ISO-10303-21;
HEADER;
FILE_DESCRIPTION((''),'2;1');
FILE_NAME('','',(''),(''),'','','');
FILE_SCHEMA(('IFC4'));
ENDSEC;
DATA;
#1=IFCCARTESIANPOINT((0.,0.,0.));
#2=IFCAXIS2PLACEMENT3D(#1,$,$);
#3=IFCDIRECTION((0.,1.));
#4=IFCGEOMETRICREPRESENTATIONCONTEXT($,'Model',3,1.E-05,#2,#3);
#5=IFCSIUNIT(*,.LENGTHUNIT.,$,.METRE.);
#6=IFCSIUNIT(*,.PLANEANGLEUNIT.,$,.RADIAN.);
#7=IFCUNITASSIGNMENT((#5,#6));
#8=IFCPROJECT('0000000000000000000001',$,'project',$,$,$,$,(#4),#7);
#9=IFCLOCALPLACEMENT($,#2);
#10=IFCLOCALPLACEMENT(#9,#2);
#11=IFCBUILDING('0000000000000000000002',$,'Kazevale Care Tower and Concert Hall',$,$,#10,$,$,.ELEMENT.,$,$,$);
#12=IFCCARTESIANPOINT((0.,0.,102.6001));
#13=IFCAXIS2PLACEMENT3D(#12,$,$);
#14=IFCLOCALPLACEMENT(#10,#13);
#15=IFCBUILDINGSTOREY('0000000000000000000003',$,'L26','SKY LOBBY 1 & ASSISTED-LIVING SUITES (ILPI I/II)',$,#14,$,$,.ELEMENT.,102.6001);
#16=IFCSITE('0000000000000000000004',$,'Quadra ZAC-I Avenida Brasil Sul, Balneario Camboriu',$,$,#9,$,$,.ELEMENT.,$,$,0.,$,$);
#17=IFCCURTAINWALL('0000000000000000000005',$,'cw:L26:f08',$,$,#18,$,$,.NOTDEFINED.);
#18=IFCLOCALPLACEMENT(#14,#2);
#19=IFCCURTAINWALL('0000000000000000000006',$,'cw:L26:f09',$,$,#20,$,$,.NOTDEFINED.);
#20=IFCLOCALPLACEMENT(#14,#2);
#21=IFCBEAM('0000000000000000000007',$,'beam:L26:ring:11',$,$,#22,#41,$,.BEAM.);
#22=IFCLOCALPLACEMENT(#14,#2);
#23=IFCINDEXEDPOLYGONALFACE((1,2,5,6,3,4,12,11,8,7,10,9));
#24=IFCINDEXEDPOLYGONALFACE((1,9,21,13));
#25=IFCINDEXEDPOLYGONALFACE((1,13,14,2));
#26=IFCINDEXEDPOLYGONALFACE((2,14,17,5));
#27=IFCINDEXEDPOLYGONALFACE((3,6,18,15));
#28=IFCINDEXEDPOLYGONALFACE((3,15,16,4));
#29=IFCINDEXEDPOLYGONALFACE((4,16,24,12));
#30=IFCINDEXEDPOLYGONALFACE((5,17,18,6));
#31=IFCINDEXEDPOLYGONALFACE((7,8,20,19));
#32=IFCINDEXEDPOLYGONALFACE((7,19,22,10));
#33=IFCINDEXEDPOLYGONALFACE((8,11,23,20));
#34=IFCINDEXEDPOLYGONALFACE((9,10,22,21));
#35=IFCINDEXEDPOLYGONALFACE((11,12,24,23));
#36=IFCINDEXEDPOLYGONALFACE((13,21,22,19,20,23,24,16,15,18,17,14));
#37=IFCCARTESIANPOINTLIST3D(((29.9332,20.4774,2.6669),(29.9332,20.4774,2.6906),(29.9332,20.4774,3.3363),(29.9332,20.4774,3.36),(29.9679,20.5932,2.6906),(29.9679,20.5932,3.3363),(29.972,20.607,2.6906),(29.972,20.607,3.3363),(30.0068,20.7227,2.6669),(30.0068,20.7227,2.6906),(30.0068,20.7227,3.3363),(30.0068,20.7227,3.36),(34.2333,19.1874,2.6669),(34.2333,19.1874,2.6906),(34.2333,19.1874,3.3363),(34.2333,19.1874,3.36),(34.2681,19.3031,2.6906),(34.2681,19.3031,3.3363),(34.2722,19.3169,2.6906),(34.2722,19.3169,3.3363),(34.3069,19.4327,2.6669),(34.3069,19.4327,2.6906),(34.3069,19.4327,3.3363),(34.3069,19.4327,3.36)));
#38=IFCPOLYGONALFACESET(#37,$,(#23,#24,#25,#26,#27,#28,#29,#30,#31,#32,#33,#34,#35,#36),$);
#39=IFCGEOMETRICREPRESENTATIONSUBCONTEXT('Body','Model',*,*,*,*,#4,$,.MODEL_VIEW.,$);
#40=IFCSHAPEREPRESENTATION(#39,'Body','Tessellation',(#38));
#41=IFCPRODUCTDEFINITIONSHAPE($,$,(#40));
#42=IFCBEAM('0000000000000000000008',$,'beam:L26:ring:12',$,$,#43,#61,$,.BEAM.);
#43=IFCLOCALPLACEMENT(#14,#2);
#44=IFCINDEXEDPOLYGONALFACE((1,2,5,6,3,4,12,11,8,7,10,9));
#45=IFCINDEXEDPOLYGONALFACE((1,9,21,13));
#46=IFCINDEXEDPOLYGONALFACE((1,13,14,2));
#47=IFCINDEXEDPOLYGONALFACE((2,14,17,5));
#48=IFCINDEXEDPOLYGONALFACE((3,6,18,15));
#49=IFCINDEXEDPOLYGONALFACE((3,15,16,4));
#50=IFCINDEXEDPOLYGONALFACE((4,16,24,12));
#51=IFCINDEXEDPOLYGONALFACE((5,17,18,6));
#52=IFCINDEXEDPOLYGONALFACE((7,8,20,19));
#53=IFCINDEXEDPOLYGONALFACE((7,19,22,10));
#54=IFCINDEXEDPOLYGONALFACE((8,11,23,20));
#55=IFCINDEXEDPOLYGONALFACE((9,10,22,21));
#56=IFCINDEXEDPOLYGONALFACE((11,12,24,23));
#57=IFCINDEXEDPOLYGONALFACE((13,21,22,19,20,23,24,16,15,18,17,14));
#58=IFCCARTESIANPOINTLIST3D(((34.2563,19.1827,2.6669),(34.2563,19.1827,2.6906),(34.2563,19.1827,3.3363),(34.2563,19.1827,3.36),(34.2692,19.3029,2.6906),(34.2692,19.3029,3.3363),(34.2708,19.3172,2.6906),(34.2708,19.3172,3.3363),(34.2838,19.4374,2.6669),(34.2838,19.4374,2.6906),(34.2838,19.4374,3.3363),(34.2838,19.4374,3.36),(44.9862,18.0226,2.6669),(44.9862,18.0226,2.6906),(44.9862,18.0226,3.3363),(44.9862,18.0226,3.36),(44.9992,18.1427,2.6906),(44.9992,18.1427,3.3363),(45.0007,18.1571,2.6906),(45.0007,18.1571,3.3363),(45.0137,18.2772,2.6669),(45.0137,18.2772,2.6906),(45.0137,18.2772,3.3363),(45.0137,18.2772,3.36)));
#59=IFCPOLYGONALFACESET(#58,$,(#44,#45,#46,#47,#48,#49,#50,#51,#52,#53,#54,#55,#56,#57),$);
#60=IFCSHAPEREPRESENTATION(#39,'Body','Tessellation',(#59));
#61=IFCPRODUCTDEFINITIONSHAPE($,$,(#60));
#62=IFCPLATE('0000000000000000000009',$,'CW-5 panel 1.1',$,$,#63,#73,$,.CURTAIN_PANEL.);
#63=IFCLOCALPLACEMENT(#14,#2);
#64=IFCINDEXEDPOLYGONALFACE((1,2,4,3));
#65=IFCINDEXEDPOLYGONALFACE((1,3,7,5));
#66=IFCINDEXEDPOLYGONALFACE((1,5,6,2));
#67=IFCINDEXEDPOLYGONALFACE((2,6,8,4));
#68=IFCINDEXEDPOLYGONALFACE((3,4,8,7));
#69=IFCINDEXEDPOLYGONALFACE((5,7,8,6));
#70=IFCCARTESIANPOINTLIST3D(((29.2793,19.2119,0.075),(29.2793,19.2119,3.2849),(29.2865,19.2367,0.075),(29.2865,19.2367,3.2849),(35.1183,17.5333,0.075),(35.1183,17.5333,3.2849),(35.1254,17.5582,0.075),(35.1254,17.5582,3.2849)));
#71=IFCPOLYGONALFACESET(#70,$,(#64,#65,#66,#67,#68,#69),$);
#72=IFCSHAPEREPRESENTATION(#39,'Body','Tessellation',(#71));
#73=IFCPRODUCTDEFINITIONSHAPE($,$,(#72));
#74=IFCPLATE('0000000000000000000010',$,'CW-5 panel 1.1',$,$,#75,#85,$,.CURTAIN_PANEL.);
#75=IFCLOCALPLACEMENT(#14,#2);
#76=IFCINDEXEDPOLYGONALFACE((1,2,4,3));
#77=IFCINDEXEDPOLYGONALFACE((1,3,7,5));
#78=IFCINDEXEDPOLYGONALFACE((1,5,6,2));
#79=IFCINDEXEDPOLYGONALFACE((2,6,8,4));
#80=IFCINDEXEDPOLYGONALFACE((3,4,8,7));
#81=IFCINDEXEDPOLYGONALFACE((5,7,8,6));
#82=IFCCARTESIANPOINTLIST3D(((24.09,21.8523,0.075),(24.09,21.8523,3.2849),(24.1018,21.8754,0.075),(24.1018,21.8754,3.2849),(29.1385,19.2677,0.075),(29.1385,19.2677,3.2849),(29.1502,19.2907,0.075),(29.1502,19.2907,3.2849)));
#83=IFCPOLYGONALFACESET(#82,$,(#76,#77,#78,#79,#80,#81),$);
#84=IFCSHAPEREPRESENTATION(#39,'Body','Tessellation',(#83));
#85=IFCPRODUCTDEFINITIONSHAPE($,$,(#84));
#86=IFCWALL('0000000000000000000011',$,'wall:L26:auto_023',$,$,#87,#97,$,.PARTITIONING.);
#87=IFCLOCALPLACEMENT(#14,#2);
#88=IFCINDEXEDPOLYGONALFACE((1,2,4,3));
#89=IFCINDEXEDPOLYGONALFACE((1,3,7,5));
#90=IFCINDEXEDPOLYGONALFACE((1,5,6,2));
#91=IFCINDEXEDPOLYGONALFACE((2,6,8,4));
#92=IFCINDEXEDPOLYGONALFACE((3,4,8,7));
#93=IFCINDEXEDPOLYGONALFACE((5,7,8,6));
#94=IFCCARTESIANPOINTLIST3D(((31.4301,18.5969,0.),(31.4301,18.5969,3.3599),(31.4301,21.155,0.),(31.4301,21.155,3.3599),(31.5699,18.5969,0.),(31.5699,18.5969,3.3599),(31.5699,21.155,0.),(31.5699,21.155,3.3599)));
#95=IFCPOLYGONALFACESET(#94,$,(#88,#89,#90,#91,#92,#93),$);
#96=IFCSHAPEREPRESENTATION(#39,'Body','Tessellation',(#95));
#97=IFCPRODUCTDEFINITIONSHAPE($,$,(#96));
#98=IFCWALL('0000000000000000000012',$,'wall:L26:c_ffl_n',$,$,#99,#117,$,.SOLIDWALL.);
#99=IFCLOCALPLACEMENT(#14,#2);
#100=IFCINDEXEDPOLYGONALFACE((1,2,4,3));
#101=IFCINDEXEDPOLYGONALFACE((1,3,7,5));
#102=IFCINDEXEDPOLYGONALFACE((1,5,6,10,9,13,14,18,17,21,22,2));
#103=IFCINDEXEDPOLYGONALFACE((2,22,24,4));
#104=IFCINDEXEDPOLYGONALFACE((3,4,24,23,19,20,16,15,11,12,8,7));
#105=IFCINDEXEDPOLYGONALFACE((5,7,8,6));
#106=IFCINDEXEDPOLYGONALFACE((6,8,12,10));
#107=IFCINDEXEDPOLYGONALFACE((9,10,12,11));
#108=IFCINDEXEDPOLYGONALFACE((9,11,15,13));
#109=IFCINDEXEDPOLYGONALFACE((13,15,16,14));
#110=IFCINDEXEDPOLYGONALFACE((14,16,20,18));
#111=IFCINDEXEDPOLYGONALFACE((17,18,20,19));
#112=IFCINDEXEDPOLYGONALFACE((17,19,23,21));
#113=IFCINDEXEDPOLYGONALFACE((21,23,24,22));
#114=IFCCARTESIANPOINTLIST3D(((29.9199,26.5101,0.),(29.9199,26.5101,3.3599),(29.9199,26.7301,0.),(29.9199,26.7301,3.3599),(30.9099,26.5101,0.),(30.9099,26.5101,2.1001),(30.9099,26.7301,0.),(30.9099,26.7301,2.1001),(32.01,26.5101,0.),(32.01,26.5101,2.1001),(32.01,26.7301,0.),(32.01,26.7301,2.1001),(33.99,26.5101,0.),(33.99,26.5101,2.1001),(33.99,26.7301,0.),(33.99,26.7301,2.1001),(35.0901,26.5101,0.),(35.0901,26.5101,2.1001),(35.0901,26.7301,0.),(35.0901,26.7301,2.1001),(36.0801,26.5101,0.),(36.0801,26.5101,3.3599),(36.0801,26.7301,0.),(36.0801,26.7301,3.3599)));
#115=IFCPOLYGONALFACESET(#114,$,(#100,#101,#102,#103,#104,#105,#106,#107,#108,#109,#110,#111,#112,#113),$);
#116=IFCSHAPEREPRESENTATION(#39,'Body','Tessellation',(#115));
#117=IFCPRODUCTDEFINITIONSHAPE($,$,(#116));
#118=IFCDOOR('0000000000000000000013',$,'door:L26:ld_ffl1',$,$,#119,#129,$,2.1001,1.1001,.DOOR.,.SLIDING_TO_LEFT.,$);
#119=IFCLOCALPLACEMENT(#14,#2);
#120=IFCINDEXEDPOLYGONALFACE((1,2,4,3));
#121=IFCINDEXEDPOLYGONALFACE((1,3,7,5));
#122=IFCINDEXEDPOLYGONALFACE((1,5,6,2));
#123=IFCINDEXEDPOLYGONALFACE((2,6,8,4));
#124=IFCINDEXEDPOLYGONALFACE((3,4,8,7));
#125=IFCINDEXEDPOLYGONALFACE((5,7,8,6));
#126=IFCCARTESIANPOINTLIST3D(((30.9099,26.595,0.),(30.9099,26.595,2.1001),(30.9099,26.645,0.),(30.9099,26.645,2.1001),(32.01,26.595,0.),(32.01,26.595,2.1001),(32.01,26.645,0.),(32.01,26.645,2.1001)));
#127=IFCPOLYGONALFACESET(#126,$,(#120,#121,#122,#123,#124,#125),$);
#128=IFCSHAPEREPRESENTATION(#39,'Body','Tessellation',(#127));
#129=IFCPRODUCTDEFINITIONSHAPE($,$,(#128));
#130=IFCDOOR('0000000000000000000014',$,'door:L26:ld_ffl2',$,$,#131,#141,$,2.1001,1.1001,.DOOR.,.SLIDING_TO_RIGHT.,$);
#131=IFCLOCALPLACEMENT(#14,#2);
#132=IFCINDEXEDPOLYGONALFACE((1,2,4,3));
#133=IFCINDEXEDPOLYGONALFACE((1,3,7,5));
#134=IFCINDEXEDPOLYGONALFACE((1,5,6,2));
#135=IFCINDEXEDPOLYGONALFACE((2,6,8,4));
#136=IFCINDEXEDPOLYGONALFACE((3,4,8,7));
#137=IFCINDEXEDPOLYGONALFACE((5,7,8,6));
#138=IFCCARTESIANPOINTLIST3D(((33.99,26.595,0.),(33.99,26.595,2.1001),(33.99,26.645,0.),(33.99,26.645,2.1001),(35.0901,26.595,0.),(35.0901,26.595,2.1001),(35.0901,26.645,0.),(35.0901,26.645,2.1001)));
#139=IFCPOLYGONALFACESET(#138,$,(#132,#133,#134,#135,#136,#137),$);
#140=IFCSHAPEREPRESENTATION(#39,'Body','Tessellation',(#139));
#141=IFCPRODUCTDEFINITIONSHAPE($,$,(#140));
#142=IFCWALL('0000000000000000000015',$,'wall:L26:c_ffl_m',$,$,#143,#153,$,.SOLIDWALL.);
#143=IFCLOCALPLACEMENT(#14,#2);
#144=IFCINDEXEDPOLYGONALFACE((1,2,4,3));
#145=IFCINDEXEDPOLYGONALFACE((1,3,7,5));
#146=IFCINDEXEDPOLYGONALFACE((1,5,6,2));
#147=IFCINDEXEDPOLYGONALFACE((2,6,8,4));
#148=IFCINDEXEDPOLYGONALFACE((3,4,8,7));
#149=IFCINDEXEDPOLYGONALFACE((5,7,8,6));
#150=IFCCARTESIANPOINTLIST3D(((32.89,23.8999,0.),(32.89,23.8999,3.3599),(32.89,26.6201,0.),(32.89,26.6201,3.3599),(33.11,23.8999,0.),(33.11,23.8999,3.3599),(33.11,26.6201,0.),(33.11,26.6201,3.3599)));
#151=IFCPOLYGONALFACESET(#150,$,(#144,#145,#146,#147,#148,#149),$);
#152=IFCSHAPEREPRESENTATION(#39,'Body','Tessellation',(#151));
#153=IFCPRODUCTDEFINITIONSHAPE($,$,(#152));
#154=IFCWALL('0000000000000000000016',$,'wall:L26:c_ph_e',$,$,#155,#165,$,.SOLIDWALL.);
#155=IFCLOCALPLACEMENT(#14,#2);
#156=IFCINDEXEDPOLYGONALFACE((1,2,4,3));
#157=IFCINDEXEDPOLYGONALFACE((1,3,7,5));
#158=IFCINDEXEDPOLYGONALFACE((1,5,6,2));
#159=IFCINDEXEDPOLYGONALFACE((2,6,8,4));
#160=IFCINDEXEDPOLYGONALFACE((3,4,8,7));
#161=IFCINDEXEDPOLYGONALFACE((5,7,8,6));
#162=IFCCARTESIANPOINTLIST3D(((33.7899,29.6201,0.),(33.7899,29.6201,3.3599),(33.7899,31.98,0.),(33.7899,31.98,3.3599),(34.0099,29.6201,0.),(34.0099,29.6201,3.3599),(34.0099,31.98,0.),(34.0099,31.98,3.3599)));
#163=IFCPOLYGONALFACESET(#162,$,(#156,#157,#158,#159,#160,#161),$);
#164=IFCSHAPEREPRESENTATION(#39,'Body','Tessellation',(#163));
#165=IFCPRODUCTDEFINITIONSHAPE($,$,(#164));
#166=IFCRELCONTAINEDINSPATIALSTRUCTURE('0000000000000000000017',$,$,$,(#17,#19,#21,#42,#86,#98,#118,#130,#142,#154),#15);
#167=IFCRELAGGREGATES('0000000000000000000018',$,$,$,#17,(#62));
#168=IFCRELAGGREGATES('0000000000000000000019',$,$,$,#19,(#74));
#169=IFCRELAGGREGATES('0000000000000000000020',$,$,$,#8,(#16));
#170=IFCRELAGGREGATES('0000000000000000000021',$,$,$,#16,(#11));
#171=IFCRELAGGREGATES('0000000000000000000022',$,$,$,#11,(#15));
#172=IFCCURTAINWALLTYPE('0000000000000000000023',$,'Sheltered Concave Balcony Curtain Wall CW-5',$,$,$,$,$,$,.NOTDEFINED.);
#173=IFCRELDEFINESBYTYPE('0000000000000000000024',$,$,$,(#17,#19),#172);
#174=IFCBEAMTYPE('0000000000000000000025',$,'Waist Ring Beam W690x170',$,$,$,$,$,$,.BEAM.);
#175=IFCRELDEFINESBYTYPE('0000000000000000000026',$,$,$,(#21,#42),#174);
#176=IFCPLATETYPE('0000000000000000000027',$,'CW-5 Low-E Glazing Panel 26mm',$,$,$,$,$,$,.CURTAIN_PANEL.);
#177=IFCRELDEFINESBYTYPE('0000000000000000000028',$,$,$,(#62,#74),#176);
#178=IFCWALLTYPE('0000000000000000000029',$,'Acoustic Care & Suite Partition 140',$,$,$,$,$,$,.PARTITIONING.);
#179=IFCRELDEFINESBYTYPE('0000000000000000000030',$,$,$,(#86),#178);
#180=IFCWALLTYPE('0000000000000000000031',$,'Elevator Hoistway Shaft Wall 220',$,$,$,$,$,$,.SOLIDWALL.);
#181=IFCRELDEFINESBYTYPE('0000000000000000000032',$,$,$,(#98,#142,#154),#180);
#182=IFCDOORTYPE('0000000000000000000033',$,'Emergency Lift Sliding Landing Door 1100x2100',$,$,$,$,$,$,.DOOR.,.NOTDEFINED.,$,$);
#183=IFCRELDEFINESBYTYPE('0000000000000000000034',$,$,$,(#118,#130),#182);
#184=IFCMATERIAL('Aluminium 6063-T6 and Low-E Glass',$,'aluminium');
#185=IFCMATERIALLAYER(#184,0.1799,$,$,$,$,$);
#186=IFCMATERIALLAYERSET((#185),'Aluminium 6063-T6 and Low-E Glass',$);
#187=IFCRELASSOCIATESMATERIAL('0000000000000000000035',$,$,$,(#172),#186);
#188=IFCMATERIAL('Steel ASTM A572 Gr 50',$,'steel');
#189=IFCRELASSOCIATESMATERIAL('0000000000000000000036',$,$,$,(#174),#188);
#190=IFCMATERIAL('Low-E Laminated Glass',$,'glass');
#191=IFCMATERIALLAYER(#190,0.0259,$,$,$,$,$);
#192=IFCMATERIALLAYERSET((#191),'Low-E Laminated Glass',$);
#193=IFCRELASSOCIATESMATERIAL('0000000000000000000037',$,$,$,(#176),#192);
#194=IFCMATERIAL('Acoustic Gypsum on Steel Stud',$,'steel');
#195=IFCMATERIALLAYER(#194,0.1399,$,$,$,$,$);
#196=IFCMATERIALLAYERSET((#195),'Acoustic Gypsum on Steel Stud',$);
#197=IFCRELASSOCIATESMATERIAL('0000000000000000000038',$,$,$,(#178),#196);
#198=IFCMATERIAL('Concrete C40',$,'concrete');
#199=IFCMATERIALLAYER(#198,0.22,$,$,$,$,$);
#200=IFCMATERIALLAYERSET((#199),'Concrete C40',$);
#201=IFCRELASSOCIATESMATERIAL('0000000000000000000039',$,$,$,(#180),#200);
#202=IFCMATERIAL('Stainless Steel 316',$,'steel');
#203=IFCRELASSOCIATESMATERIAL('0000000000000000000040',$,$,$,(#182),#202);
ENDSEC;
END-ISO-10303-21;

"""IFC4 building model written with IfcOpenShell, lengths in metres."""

from ifc_helpers import new_model, si_unit, direction, frame, frame_2d, origin, origin_2d, place, context, subcontext, project, spatial, rectangle, i_section, extrude, material, layer, layer_set, material_profile, profile_set, type_object, element, fill, aggregate, save


model = new_model("IFC4")

# Units and contexts
model_context = context("Model", 3, precision=1e-05, world=origin(), true_north=direction((0.0, 1.0)))
body_context = subcontext(model_context, "Body", "Model", "MODEL_VIEW")
ifc_project = project(units=[si_unit("LENGTHUNIT", "METRE"), si_unit("PLANEANGLEUNIT", "RADIAN")], contexts=[model_context])

# Site, building, storey
site_placement = place(None, origin())
site = spatial("IfcSite", under=ifc_project, at=site_placement, Name="Quadra ZAC-I Avenida Brasil Sul, Balneario Camboriu", CompositionType="ELEMENT", RefElevation=0.0)
building_placement = place(site_placement, origin())
building = spatial("IfcBuilding", under=site, at=building_placement, Name="Kazevale Care Tower and Concert Hall", CompositionType="ELEMENT")
storey_placement = place(building_placement, frame((0.0, 0.0, 102.6001)))
storey = spatial("IfcBuildingStorey", under=building, at=storey_placement, Name="L26", Description="SKY LOBBY 1 & ASSISTED-LIVING SUITES (ILPI I/II)", CompositionType="ELEMENT", Elevation=102.6001)

# Shared definitions
ifc_material_1 = material(Name="Aluminium 6063-T6 and Low-E Glass", Category="aluminium")
ifc_layer_1 = layer(ifc_material_1, 0.1799)
ifc_layer_set_1 = layer_set([ifc_layer_1], Name="Aluminium 6063-T6 and Low-E Glass")
curtain_wall_type = type_object("IfcCurtainWallType", Name="Sheltered Concave Balcony Curtain Wall CW-5", PredefinedType="NOTDEFINED", material=ifc_layer_set_1)

# Curtain wall
curtain_wall_1_placement = place(storey_placement, origin())
curtain_wall_1 = element("IfcCurtainWall", 1, at=curtain_wall_1_placement, inside=storey, type_object=curtain_wall_type, Name="cw:L26:f08", PredefinedType="NOTDEFINED")

# Curtain wall
curtain_wall_2_placement = place(storey_placement, origin())
curtain_wall_2 = element("IfcCurtainWall", 2, at=curtain_wall_2_placement, inside=storey, type_object=curtain_wall_type, Name="cw:L26:f09", PredefinedType="NOTDEFINED")

# Beams
ifc_material_2 = material(Name="Steel ASTM A572 Gr 50", Category="steel")
ifc_material_profile_1 = material_profile(ifc_material_2, i_section(OverallWidth=0.2561, OverallDepth=0.6931, WebThickness=0.0144, FlangeThickness=0.0237, at=origin_2d()), Name="W690x170")
ifc_profile_set_1 = profile_set([ifc_material_profile_1], Name="Steel ASTM A572 Gr 50")
beam_type_1 = type_object("IfcBeamType", Name="Waist Ring Beam W690x170", PredefinedType="BEAM", material=ifc_profile_set_1)
beam_1_placement = place(storey_placement, frame((29.97, 20.6001, 3.0134), z_axis=(0.957825, -0.287353, 0.0), x_axis=(0.287353, 0.957825, 0.0)))
element("IfcBeam", 3, at=beam_1_placement, inside=storey, type_object=beam_type_1, Name="beam:L26:ring:11", PredefinedType="BEAM", context=body_context, shape_type="SweptSolid", body=[
    extrude(i_section(OverallWidth=0.2561, OverallDepth=0.6931, WebThickness=0.0144, FlangeThickness=0.0237, at=origin_2d()), origin(), (0.0, 0.0, 1.0), 4.4895),
])
beam_2_placement = place(storey_placement, frame((34.27, 19.3101, 3.0134), z_axis=(0.994205, -0.107496, 0.0), x_axis=(0.107496, 0.994205, 0.0)))
element("IfcBeam", 4, at=beam_2_placement, inside=storey, type_object=beam_type_1, Name="beam:L26:ring:12", PredefinedType="BEAM", context=body_context, shape_type="SweptSolid", body=[
    extrude(i_section(OverallWidth=0.2561, OverallDepth=0.6931, WebThickness=0.0144, FlangeThickness=0.0237, at=origin_2d()), origin(), (0.0, 0.0, 1.0), 10.7925),
])

# Plates
ifc_material_3 = material(Name="Low-E Laminated Glass", Category="glass")
ifc_layer_2 = layer(ifc_material_3, 0.0259)
ifc_layer_set_2 = layer_set([ifc_layer_2], Name="Low-E Laminated Glass")
plate_type = type_object("IfcPlateType", Name="CW-5 Low-E Glazing Panel 26mm", PredefinedType="CURTAIN_PANEL", material=ifc_layer_set_2)
plate_1_placement = place(storey_placement, frame((32.2024, 18.385, 0.075), z_axis=(0.0, 0.0, 1.0), x_axis=(-0.961074, 0.276291, 0.0)))
plate_1 = element("IfcPlate", 5, at=plate_1_placement, type_object=plate_type, Name="CW-5 panel 1.1", PredefinedType="CURTAIN_PANEL", context=body_context, shape_type="SweptSolid", body=[
    extrude(rectangle(XDim=6.0754, YDim=0.0259, at=origin_2d()), origin(), (0.0, 0.0, 1.0), 3.21),
])
aggregate(curtain_wall_1, [plate_1])
plate_2_placement = place(storey_placement, frame((26.6201, 20.5715, 0.075), z_axis=(0.0, 0.0, 1.0), x_axis=(-0.890127, 0.455713, 0.0)))
plate_2 = element("IfcPlate", 6, at=plate_2_placement, type_object=plate_type, Name="CW-5 panel 1.1", PredefinedType="CURTAIN_PANEL", context=body_context, shape_type="SweptSolid", body=[
    extrude(rectangle(XDim=5.6716, YDim=0.0259, at=origin_2d()), origin(), (0.0, 0.0, 1.0), 3.21),
])
aggregate(curtain_wall_2, [plate_2])

# Wall
ifc_material_4 = material(Name="Acoustic Gypsum on Steel Stud", Category="steel")
ifc_layer_3 = layer(ifc_material_4, 0.1399)
ifc_layer_set_3 = layer_set([ifc_layer_3], Name="Acoustic Gypsum on Steel Stud")
wall_type_1 = type_object("IfcWallType", Name="Acoustic Care & Suite Partition 140", PredefinedType="PARTITIONING", material=ifc_layer_set_3)
wall_1_placement = place(storey_placement, frame((31.5, 21.155, 0.0), z_axis=(0.0, 0.0, 1.0), x_axis=(0.0, -1.0, 0.0)))
element("IfcWall", 7, at=wall_1_placement, inside=storey, type_object=wall_type_1, Name="wall:L26:auto_023", PredefinedType="PARTITIONING", context=body_context, shape_type="SweptSolid", body=[
    extrude(rectangle(XDim=2.5581, YDim=0.1399, at=frame_2d((1.2791, 0.0))), origin(), (0.0, 0.0, 1.0), 3.3599),
])

# Wall, openings, doors
ifc_material_5 = material(Name="Concrete C40", Category="concrete")
ifc_layer_4 = layer(ifc_material_5, 0.22)
ifc_layer_set_4 = layer_set([ifc_layer_4], Name="Concrete C40")
wall_type_2 = type_object("IfcWallType", Name="Elevator Hoistway Shaft Wall 220", PredefinedType="SOLIDWALL", material=ifc_layer_set_4)
wall_2_placement = place(storey_placement, frame((29.9199, 26.6201, 0.0), z_axis=(0.0, 0.0, 1.0), x_axis=(1.0, 0.0, 0.0)))
wall_2 = element("IfcWall", 8, at=wall_2_placement, inside=storey, type_object=wall_type_2, Name="wall:L26:c_ffl_n", PredefinedType="SOLIDWALL", context=body_context, shape_type="SweptSolid", body=[
    extrude(rectangle(XDim=6.1602, YDim=0.22, at=frame_2d((3.0801, 0.0))), origin(), (0.0, 0.0, 1.0), 3.3599),
])
opening_1_placement = place(wall_2_placement, frame((0.99, 0.0, 0.0)))
opening_1 = element("IfcOpeningElement", 9, at=opening_1_placement, cuts=wall_2, PredefinedType="OPENING", context=body_context, shape_type="SweptSolid", body=[
    extrude(rectangle(XDim=1.1001, YDim=2.1001, at=frame_2d((0.55, 1.05))), frame((0.0, 0.1199, 0.0), z_axis=(0.0, -1.0, 0.0), x_axis=(1.0, 0.0, 0.0)), (0.0, 0.0, 1.0), 0.24),
])
opening_2_placement = place(wall_2_placement, frame((4.0701, 0.0, 0.0)))
opening_2 = element("IfcOpeningElement", 10, at=opening_2_placement, cuts=wall_2, PredefinedType="OPENING", context=body_context, shape_type="SweptSolid", body=[
    extrude(rectangle(XDim=1.1001, YDim=2.1001, at=frame_2d((0.55, 1.05))), frame((0.0, 0.1199, 0.0), z_axis=(0.0, -1.0, 0.0), x_axis=(1.0, 0.0, 0.0)), (0.0, 0.0, 1.0), 0.24),
])
ifc_material_6 = material(Name="Stainless Steel 316", Category="steel")
door_type_1 = type_object("IfcDoorType", Name="Emergency Lift Sliding Landing Door 1100x2100", OperationType="NOTDEFINED", PredefinedType="DOOR", material=ifc_material_6)
door_1_placement = place(opening_1_placement, origin())
door_1 = element("IfcDoor", 11, at=door_1_placement, inside=storey, type_object=door_type_1, Name="door:L26:ld_ffl1", OperationType="SLIDING_TO_LEFT", OverallHeight=2.1001, OverallWidth=1.1001, PredefinedType="DOOR", context=body_context, shape_type="SweptSolid", body=[
    extrude(rectangle(XDim=1.1001, YDim=2.1001, at=frame_2d((0.55, 1.05))), frame((0.0, 0.0249, 0.0), z_axis=(0.0, -1.0, 0.0), x_axis=(1.0, 0.0, 0.0)), (0.0, 0.0, 1.0), 0.05),
])
fill(opening_1, door_1)
door_2_placement = place(opening_2_placement, origin())
door_2 = element("IfcDoor", 12, at=door_2_placement, inside=storey, type_object=door_type_1, Name="door:L26:ld_ffl2", OperationType="SLIDING_TO_RIGHT", OverallHeight=2.1001, OverallWidth=1.1001, PredefinedType="DOOR", context=body_context, shape_type="SweptSolid", body=[
    extrude(rectangle(XDim=1.1001, YDim=2.1001, at=frame_2d((0.55, 1.05))), frame((0.0, 0.0249, 0.0), z_axis=(0.0, -1.0, 0.0), x_axis=(1.0, 0.0, 0.0)), (0.0, 0.0, 1.0), 0.05),
])
fill(opening_2, door_2)

# Walls
wall_3_placement = place(storey_placement, frame((33.0, 23.8999, 0.0), z_axis=(0.0, 0.0, 1.0), x_axis=(0.0, 1.0, 0.0)))
element("IfcWall", 13, at=wall_3_placement, inside=storey, type_object=wall_type_2, Name="wall:L26:c_ffl_m", PredefinedType="SOLIDWALL", context=body_context, shape_type="SweptSolid", body=[
    extrude(rectangle(XDim=2.7202, YDim=0.22, at=frame_2d((1.3601, 0.0))), origin(), (0.0, 0.0, 1.0), 3.3599),
])
wall_4_placement = place(storey_placement, frame((33.8999, 29.6201, 0.0), z_axis=(0.0, 0.0, 1.0), x_axis=(0.0, 1.0, 0.0)))
element("IfcWall", 14, at=wall_4_placement, inside=storey, type_object=wall_type_2, Name="wall:L26:c_ph_e", PredefinedType="SOLIDWALL", context=body_context, shape_type="SweptSolid", body=[
    extrude(rectangle(XDim=2.3599, YDim=0.22, at=frame_2d((1.1799, 0.0))), origin(), (0.0, 0.0, 1.0), 3.3599),
])

save(model, "model.ifc")
